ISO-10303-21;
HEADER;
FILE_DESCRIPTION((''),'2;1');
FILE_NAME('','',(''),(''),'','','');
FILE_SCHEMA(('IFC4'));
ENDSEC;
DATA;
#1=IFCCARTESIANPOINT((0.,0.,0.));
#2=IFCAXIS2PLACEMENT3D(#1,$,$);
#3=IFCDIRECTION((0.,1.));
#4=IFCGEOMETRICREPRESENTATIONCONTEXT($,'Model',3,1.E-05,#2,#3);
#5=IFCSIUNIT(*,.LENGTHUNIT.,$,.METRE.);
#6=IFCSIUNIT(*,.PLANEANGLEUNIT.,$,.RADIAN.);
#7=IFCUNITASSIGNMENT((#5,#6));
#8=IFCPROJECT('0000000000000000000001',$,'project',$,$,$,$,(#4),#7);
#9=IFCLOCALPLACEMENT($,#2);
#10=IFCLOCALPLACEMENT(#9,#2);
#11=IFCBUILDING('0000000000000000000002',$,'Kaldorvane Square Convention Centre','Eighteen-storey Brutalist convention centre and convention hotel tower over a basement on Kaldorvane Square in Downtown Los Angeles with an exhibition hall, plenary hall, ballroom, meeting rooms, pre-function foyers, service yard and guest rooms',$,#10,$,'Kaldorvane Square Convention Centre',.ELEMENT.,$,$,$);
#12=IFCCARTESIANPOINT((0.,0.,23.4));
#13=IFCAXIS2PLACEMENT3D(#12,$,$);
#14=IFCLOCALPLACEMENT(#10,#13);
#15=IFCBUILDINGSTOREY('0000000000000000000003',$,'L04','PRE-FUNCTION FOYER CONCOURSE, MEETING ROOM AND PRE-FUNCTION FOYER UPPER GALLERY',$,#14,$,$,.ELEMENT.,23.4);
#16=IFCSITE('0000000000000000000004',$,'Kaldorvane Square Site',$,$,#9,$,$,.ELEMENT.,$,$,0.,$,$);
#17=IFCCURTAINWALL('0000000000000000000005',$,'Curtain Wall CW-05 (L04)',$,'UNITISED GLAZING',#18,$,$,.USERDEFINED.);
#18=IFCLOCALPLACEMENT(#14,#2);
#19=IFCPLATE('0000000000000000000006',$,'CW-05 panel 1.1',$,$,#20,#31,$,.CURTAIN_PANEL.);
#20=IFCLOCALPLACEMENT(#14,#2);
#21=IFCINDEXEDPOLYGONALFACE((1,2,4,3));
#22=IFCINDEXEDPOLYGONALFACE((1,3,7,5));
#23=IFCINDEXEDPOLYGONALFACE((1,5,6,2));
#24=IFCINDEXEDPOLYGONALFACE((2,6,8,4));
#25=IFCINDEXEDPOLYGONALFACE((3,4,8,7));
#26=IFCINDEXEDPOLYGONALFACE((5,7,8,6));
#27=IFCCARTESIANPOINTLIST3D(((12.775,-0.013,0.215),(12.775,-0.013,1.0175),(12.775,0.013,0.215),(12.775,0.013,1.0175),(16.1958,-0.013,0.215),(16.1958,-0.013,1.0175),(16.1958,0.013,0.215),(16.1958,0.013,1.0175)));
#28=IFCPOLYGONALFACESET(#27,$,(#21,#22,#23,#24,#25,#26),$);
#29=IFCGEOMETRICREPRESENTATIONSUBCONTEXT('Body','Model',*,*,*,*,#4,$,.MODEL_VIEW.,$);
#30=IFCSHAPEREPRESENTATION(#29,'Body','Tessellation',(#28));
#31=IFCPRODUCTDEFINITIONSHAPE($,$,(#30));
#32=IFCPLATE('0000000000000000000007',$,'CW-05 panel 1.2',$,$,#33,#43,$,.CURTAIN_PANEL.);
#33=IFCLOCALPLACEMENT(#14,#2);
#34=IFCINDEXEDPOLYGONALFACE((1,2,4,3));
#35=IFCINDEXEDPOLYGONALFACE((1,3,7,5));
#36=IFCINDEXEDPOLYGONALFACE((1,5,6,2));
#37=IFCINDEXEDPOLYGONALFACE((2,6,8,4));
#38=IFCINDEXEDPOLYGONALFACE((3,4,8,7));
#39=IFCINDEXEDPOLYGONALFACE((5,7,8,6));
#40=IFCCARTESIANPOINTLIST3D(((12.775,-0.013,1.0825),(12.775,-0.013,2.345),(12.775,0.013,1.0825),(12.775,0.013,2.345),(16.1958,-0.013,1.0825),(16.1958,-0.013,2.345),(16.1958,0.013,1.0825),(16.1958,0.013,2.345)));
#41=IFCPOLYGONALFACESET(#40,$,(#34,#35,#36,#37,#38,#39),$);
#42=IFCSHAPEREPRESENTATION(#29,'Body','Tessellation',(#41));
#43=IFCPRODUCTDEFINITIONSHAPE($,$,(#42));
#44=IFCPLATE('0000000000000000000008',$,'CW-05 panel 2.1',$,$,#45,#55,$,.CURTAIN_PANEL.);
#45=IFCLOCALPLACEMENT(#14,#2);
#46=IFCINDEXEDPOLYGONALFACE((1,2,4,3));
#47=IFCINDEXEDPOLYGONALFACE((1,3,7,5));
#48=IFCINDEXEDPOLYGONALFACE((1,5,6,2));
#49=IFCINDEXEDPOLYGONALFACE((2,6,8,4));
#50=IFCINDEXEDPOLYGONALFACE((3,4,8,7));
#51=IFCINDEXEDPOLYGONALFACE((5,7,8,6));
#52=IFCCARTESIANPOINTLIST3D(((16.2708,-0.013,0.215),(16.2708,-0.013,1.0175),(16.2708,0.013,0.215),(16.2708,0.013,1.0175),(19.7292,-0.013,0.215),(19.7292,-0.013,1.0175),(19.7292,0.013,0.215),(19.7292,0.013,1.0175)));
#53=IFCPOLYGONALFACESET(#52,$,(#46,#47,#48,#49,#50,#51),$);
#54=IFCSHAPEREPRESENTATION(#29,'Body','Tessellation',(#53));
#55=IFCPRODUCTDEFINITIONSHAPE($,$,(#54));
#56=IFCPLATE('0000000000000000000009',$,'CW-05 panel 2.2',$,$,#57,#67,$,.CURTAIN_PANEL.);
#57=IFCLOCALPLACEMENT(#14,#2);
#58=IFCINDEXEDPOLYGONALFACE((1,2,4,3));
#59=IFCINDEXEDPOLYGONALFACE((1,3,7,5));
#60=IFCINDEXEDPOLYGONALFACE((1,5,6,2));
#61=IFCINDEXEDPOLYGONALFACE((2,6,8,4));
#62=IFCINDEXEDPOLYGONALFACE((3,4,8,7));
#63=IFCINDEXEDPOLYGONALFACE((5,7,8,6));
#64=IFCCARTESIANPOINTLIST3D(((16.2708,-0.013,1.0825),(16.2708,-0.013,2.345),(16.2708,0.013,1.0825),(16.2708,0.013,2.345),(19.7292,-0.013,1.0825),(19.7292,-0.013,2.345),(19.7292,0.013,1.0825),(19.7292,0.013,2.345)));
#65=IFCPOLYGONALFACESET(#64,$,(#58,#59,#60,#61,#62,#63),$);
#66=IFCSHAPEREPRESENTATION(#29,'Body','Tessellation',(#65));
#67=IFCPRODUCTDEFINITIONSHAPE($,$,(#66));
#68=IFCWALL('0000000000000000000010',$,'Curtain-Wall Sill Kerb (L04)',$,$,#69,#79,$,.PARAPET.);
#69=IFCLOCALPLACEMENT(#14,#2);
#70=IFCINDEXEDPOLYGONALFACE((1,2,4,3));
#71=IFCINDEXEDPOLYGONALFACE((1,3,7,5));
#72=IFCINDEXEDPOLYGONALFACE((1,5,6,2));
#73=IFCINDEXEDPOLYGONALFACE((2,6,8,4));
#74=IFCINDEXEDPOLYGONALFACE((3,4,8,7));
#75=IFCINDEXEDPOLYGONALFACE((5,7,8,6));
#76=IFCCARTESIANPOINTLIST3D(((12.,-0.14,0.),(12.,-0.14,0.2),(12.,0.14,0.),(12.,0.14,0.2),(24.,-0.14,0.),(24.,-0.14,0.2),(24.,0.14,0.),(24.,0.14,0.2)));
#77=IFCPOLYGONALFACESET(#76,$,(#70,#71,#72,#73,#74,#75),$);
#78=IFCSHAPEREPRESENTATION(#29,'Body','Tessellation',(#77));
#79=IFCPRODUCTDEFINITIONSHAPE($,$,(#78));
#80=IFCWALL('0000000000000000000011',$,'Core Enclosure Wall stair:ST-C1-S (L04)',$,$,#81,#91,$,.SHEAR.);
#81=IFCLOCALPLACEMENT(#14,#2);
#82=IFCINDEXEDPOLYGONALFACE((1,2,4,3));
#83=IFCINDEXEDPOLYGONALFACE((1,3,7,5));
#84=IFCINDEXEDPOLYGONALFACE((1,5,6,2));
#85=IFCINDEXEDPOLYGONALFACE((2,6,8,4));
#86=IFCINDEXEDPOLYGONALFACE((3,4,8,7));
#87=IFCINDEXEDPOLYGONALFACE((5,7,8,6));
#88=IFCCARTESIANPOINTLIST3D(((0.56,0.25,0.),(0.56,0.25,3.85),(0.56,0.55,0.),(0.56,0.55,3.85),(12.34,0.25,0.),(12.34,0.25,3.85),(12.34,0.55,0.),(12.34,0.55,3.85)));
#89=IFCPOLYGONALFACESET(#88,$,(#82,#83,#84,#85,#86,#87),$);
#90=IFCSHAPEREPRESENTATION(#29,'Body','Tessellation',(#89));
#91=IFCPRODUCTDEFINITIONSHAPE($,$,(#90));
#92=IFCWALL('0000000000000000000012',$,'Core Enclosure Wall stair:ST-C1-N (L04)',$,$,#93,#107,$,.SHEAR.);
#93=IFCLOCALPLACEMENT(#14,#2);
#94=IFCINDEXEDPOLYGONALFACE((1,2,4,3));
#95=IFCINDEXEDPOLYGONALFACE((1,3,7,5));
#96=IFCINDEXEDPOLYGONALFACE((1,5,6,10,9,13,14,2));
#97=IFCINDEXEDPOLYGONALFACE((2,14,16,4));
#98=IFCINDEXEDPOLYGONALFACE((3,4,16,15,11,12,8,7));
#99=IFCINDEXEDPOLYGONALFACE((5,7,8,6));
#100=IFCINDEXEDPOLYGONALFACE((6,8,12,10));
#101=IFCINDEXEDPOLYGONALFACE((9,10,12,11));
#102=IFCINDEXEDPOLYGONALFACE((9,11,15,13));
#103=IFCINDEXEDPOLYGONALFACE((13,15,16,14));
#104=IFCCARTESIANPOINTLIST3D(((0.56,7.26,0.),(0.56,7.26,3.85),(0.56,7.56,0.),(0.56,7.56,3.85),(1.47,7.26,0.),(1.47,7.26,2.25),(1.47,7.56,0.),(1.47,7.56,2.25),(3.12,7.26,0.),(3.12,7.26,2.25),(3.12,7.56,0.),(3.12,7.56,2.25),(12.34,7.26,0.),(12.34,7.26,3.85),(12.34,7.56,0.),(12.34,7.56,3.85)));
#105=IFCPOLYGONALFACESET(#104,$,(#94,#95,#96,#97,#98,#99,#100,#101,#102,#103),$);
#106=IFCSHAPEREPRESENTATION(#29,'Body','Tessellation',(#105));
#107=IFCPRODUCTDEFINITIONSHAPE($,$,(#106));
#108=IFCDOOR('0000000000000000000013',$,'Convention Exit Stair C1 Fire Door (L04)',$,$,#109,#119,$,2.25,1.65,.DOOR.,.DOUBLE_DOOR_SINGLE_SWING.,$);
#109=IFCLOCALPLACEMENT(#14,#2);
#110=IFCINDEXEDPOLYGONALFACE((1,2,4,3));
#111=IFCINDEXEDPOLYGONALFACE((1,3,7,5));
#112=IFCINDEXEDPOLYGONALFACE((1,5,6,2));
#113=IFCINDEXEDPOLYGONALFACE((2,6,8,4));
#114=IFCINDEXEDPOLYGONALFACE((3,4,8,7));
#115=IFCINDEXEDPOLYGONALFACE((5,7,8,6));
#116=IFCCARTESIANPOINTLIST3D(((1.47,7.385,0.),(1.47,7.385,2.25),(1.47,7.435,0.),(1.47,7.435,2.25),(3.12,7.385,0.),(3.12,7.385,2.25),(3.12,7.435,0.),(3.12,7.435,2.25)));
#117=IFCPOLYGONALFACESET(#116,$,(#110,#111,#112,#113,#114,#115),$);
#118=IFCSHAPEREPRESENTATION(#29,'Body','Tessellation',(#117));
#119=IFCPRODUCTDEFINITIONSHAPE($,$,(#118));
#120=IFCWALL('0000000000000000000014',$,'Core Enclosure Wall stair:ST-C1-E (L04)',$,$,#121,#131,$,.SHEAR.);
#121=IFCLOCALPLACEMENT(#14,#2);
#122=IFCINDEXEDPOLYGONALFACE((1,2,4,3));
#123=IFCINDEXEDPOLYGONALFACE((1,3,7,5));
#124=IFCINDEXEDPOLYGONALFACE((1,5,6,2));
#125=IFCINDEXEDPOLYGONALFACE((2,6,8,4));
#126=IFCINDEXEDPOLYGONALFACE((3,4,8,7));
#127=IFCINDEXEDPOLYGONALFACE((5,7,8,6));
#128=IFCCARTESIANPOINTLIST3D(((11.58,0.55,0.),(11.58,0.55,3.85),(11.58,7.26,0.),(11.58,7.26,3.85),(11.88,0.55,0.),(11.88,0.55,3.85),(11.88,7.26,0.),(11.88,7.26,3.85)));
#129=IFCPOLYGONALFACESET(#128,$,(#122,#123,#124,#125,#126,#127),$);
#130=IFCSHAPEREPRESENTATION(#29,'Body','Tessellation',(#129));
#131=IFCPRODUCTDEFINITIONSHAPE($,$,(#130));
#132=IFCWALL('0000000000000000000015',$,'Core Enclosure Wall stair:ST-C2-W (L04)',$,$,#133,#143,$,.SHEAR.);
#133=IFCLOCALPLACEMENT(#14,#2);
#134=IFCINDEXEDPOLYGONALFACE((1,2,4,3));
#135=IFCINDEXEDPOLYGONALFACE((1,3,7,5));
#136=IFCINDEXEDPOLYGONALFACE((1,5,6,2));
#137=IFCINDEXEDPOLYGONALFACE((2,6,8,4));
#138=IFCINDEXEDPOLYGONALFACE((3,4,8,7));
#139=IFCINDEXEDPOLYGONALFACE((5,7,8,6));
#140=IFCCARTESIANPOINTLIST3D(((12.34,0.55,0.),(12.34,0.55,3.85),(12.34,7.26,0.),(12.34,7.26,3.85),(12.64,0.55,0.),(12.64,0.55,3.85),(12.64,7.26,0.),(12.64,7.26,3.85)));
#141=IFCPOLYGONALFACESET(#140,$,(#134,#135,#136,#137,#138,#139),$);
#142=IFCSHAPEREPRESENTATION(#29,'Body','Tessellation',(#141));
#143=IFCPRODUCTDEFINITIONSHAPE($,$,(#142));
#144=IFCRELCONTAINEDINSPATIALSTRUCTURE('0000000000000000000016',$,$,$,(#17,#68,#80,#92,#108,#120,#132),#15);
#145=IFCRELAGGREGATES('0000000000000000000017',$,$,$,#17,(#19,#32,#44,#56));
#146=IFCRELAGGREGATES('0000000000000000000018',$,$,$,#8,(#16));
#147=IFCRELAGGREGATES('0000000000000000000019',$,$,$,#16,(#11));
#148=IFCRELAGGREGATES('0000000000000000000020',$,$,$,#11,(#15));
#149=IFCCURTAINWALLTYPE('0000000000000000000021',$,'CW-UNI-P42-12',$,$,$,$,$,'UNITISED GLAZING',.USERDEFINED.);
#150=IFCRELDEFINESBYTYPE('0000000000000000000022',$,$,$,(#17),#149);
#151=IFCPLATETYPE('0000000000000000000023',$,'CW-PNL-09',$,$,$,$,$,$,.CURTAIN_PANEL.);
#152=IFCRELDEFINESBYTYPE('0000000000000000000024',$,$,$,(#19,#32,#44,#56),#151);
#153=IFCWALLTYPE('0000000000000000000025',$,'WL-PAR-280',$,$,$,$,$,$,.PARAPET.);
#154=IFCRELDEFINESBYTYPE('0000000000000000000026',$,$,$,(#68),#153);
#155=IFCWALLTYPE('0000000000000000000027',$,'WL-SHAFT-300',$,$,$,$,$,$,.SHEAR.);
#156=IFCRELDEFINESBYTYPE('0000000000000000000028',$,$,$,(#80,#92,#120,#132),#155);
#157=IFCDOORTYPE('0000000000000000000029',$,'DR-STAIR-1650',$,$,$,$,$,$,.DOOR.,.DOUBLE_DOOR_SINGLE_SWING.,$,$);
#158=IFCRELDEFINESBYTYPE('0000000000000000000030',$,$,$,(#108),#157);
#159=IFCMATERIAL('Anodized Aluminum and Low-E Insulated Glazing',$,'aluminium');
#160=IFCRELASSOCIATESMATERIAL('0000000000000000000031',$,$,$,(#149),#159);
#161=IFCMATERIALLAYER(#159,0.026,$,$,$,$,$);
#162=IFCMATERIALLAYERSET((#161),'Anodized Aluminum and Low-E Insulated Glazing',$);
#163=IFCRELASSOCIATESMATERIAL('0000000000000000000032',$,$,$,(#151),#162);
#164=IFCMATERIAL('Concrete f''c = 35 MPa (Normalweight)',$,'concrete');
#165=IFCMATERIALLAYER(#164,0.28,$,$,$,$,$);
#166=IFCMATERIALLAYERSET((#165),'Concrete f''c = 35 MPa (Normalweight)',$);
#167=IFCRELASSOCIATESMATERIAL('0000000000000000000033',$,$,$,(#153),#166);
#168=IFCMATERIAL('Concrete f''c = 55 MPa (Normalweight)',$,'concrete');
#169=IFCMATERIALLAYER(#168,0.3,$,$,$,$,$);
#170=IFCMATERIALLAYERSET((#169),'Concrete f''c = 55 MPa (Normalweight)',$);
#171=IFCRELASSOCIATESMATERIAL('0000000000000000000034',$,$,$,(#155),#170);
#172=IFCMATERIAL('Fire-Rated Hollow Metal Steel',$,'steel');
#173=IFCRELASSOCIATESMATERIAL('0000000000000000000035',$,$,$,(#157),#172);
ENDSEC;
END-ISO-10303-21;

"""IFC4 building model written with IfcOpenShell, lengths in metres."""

from ifc_helpers import new_model, si_unit, direction, frame, frame_2d, origin, origin_2d, place, context, subcontext, project, spatial, rectangle, extrude, material, layer, layer_set, type_object, element, fill, aggregate, save


model = new_model("IFC4")

# Units and contexts
model_context = context("Model", 3, precision=1e-05, world=origin(), true_north=direction((0.0, 1.0)))
body_context = subcontext(model_context, "Body", "Model", "MODEL_VIEW")
ifc_project = project(units=[si_unit("LENGTHUNIT", "METRE"), si_unit("PLANEANGLEUNIT", "RADIAN")], contexts=[model_context])

# Site, building, storey
site_placement = place(None, origin())
site = spatial("IfcSite", under=ifc_project, at=site_placement, Name="Kaldorvane Square Site", CompositionType="ELEMENT", RefElevation=0.0)
building_placement = place(site_placement, origin())
building = spatial("IfcBuilding", under=site, at=building_placement, Name="Kaldorvane Square Convention Centre", Description="Eighteen-storey Brutalist convention centre and convention hotel tower over a basement on Kaldorvane Square in Downtown Los Angeles with an exhibition hall, plenary hall, ballroom, meeting rooms, pre-function foyers, service yard and guest rooms", LongName="Kaldorvane Square Convention Centre", CompositionType="ELEMENT")
storey_placement = place(building_placement, frame((0.0, 0.0, 23.4)))
storey = spatial("IfcBuildingStorey", under=building, at=storey_placement, Name="L04", Description="PRE-FUNCTION FOYER CONCOURSE, MEETING ROOM AND PRE-FUNCTION FOYER UPPER GALLERY", CompositionType="ELEMENT", Elevation=23.4)

# Curtain wall, plates
ifc_material_1 = material(Name="Anodized Aluminum and Low-E Insulated Glazing", Category="aluminium")
curtain_wall_type = type_object("IfcCurtainWallType", Name="CW-UNI-P42-12", ElementType="UNITISED GLAZING", PredefinedType="USERDEFINED", material=ifc_material_1)
curtain_wall_placement = place(storey_placement, origin())
curtain_wall = element("IfcCurtainWall", 1, at=curtain_wall_placement, inside=storey, type_object=curtain_wall_type, Name="Curtain Wall CW-05 (L04)", ObjectType="UNITISED GLAZING", PredefinedType="USERDEFINED")
ifc_layer_1 = layer(ifc_material_1, 0.026)
ifc_layer_set_1 = layer_set([ifc_layer_1], Name="Anodized Aluminum and Low-E Insulated Glazing")
plate_type = type_object("IfcPlateType", Name="CW-PNL-09", PredefinedType="CURTAIN_PANEL", material=ifc_layer_set_1)
plate_1_placement = place(storey_placement, frame((14.4854, 0.0, 0.215), z_axis=(0.0, 0.0, 1.0), x_axis=(1.0, 0.0, 0.0)))
plate_1 = element("IfcPlate", 2, at=plate_1_placement, type_object=plate_type, Name="CW-05 panel 1.1", PredefinedType="CURTAIN_PANEL", context=body_context, shape_type="SweptSolid", body=[
    extrude(rectangle(XDim=3.4208, YDim=0.026, at=origin_2d()), origin(), (0.0, 0.0, 1.0), 0.8025),
])
plate_2_placement = place(storey_placement, frame((14.4854, 0.0, 1.0825), z_axis=(0.0, 0.0, 1.0), x_axis=(1.0, 0.0, 0.0)))
plate_2 = element("IfcPlate", 3, at=plate_2_placement, type_object=plate_type, Name="CW-05 panel 1.2", PredefinedType="CURTAIN_PANEL", context=body_context, shape_type="SweptSolid", body=[
    extrude(rectangle(XDim=3.4208, YDim=0.026, at=origin_2d()), origin(), (0.0, 0.0, 1.0), 1.2625),
])
plate_3_placement = place(storey_placement, frame((18.0, 0.0, 0.215), z_axis=(0.0, 0.0, 1.0), x_axis=(1.0, 0.0, 0.0)))
plate_3 = element("IfcPlate", 4, at=plate_3_placement, type_object=plate_type, Name="CW-05 panel 2.1", PredefinedType="CURTAIN_PANEL", context=body_context, shape_type="SweptSolid", body=[
    extrude(rectangle(XDim=3.4583, YDim=0.026, at=origin_2d()), origin(), (0.0, 0.0, 1.0), 0.8025),
])
plate_4_placement = place(storey_placement, frame((18.0, 0.0, 1.0825), z_axis=(0.0, 0.0, 1.0), x_axis=(1.0, 0.0, 0.0)))
plate_4 = element("IfcPlate", 5, at=plate_4_placement, type_object=plate_type, Name="CW-05 panel 2.2", PredefinedType="CURTAIN_PANEL", context=body_context, shape_type="SweptSolid", body=[
    extrude(rectangle(XDim=3.4583, YDim=0.026, at=origin_2d()), origin(), (0.0, 0.0, 1.0), 1.2625),
])
aggregate(curtain_wall, [plate_1, plate_2, plate_3, plate_4])

# Walls
ifc_material_2 = material(Name="Concrete f'c = 35 MPa (Normalweight)", Category="concrete")
ifc_layer_2 = layer(ifc_material_2, 0.28)
ifc_layer_set_2 = layer_set([ifc_layer_2], Name="Concrete f'c = 35 MPa (Normalweight)")
wall_type_1 = type_object("IfcWallType", Name="WL-PAR-280", PredefinedType="PARAPET", material=ifc_layer_set_2)
wall_1_placement = place(storey_placement, frame((12.0, 0.0, 0.0), z_axis=(0.0, 0.0, 1.0), x_axis=(1.0, 0.0, 0.0)))
element("IfcWall", 6, at=wall_1_placement, inside=storey, type_object=wall_type_1, Name="Curtain-Wall Sill Kerb (L04)", PredefinedType="PARAPET", context=body_context, shape_type="SweptSolid", body=[
    extrude(rectangle(XDim=12.0, YDim=0.28, at=frame_2d((6.0, 0.0))), origin(), (0.0, 0.0, 1.0), 0.2),
])
ifc_material_3 = material(Name="Concrete f'c = 55 MPa (Normalweight)", Category="concrete")
ifc_layer_3 = layer(ifc_material_3, 0.3)
ifc_layer_set_3 = layer_set([ifc_layer_3], Name="Concrete f'c = 55 MPa (Normalweight)")
wall_type_2 = type_object("IfcWallType", Name="WL-SHAFT-300", PredefinedType="SHEAR", material=ifc_layer_set_3)
wall_2_placement = place(storey_placement, frame((12.34, 0.4, 0.0), z_axis=(0.0, 0.0, 1.0), x_axis=(-1.0, 0.0, 0.0)))
element("IfcWall", 7, at=wall_2_placement, inside=storey, type_object=wall_type_2, Name="Core Enclosure Wall stair:ST-C1-S (L04)", PredefinedType="SHEAR", context=body_context, shape_type="SweptSolid", body=[
    extrude(rectangle(XDim=11.78, YDim=0.3, at=frame_2d((5.89, 0.0))), origin(), (0.0, 0.0, 1.0), 3.85),
])

# Wall, opening, door
wall_3_placement = place(storey_placement, frame((12.34, 7.41, 0.0), z_axis=(0.0, 0.0, 1.0), x_axis=(-1.0, 0.0, 0.0)))
wall_3 = element("IfcWall", 8, at=wall_3_placement, inside=storey, type_object=wall_type_2, Name="Core Enclosure Wall stair:ST-C1-N (L04)", PredefinedType="SHEAR", context=body_context, shape_type="SweptSolid", body=[
    extrude(rectangle(XDim=11.78, YDim=0.3, at=frame_2d((5.89, 0.0))), origin(), (0.0, 0.0, 1.0), 3.85),
])
opening_placement = place(wall_3_placement, frame((9.22, 0.0, 0.0)))
opening = element("IfcOpeningElement", 9, at=opening_placement, cuts=wall_3, PredefinedType="OPENING", context=body_context, shape_type="SweptSolid", body=[
    extrude(rectangle(XDim=1.65, YDim=2.25, at=frame_2d((0.825, 1.125))), frame((0.0, 0.165, 0.0), z_axis=(0.0, -1.0, 0.0), x_axis=(1.0, 0.0, 0.0)), (0.0, 0.0, 1.0), 0.33),
])
ifc_material_4 = material(Name="Fire-Rated Hollow Metal Steel", Category="steel")
door_type = type_object("IfcDoorType", Name="DR-STAIR-1650", OperationType="DOUBLE_DOOR_SINGLE_SWING", PredefinedType="DOOR", material=ifc_material_4)
door_placement = place(opening_placement, origin())
door = element("IfcDoor", 10, at=door_placement, inside=storey, type_object=door_type, Name="Convention Exit Stair C1 Fire Door (L04)", OperationType="DOUBLE_DOOR_SINGLE_SWING", OverallHeight=2.25, OverallWidth=1.65, PredefinedType="DOOR", context=body_context, shape_type="SweptSolid", body=[
    extrude(rectangle(XDim=1.65, YDim=2.25, at=frame_2d((0.825, 1.125))), frame((0.0, 0.025, 0.0), z_axis=(0.0, -1.0, 0.0), x_axis=(1.0, 0.0, 0.0)), (0.0, 0.0, 1.0), 0.05),
])
fill(opening, door)

# Walls
for number, where, z_axis, x_axis, name in (
    (11, (11.73, 0.55, 0.0), (0.0, 0.0, 1.0), (0.0, 1.0, 0.0), "Core Enclosure Wall stair:ST-C1-E (L04)"),
    (12, (12.49, 7.26, 0.0), (0.0, 0.0, 1.0), (0.0, -1.0, 0.0), "Core Enclosure Wall stair:ST-C2-W (L04)"),
):
    element("IfcWall", number, at=place(storey_placement, frame(where, z_axis=z_axis, x_axis=x_axis)), inside=storey, type_object=wall_type_2, Name=name, PredefinedType="SHEAR", context=body_context, shape_type="SweptSolid", body=[
        extrude(rectangle(XDim=6.71, YDim=0.3, at=frame_2d((3.355, 0.0))), origin(), (0.0, 0.0, 1.0), 3.85),
    ])

save(model, "model.ifc")
